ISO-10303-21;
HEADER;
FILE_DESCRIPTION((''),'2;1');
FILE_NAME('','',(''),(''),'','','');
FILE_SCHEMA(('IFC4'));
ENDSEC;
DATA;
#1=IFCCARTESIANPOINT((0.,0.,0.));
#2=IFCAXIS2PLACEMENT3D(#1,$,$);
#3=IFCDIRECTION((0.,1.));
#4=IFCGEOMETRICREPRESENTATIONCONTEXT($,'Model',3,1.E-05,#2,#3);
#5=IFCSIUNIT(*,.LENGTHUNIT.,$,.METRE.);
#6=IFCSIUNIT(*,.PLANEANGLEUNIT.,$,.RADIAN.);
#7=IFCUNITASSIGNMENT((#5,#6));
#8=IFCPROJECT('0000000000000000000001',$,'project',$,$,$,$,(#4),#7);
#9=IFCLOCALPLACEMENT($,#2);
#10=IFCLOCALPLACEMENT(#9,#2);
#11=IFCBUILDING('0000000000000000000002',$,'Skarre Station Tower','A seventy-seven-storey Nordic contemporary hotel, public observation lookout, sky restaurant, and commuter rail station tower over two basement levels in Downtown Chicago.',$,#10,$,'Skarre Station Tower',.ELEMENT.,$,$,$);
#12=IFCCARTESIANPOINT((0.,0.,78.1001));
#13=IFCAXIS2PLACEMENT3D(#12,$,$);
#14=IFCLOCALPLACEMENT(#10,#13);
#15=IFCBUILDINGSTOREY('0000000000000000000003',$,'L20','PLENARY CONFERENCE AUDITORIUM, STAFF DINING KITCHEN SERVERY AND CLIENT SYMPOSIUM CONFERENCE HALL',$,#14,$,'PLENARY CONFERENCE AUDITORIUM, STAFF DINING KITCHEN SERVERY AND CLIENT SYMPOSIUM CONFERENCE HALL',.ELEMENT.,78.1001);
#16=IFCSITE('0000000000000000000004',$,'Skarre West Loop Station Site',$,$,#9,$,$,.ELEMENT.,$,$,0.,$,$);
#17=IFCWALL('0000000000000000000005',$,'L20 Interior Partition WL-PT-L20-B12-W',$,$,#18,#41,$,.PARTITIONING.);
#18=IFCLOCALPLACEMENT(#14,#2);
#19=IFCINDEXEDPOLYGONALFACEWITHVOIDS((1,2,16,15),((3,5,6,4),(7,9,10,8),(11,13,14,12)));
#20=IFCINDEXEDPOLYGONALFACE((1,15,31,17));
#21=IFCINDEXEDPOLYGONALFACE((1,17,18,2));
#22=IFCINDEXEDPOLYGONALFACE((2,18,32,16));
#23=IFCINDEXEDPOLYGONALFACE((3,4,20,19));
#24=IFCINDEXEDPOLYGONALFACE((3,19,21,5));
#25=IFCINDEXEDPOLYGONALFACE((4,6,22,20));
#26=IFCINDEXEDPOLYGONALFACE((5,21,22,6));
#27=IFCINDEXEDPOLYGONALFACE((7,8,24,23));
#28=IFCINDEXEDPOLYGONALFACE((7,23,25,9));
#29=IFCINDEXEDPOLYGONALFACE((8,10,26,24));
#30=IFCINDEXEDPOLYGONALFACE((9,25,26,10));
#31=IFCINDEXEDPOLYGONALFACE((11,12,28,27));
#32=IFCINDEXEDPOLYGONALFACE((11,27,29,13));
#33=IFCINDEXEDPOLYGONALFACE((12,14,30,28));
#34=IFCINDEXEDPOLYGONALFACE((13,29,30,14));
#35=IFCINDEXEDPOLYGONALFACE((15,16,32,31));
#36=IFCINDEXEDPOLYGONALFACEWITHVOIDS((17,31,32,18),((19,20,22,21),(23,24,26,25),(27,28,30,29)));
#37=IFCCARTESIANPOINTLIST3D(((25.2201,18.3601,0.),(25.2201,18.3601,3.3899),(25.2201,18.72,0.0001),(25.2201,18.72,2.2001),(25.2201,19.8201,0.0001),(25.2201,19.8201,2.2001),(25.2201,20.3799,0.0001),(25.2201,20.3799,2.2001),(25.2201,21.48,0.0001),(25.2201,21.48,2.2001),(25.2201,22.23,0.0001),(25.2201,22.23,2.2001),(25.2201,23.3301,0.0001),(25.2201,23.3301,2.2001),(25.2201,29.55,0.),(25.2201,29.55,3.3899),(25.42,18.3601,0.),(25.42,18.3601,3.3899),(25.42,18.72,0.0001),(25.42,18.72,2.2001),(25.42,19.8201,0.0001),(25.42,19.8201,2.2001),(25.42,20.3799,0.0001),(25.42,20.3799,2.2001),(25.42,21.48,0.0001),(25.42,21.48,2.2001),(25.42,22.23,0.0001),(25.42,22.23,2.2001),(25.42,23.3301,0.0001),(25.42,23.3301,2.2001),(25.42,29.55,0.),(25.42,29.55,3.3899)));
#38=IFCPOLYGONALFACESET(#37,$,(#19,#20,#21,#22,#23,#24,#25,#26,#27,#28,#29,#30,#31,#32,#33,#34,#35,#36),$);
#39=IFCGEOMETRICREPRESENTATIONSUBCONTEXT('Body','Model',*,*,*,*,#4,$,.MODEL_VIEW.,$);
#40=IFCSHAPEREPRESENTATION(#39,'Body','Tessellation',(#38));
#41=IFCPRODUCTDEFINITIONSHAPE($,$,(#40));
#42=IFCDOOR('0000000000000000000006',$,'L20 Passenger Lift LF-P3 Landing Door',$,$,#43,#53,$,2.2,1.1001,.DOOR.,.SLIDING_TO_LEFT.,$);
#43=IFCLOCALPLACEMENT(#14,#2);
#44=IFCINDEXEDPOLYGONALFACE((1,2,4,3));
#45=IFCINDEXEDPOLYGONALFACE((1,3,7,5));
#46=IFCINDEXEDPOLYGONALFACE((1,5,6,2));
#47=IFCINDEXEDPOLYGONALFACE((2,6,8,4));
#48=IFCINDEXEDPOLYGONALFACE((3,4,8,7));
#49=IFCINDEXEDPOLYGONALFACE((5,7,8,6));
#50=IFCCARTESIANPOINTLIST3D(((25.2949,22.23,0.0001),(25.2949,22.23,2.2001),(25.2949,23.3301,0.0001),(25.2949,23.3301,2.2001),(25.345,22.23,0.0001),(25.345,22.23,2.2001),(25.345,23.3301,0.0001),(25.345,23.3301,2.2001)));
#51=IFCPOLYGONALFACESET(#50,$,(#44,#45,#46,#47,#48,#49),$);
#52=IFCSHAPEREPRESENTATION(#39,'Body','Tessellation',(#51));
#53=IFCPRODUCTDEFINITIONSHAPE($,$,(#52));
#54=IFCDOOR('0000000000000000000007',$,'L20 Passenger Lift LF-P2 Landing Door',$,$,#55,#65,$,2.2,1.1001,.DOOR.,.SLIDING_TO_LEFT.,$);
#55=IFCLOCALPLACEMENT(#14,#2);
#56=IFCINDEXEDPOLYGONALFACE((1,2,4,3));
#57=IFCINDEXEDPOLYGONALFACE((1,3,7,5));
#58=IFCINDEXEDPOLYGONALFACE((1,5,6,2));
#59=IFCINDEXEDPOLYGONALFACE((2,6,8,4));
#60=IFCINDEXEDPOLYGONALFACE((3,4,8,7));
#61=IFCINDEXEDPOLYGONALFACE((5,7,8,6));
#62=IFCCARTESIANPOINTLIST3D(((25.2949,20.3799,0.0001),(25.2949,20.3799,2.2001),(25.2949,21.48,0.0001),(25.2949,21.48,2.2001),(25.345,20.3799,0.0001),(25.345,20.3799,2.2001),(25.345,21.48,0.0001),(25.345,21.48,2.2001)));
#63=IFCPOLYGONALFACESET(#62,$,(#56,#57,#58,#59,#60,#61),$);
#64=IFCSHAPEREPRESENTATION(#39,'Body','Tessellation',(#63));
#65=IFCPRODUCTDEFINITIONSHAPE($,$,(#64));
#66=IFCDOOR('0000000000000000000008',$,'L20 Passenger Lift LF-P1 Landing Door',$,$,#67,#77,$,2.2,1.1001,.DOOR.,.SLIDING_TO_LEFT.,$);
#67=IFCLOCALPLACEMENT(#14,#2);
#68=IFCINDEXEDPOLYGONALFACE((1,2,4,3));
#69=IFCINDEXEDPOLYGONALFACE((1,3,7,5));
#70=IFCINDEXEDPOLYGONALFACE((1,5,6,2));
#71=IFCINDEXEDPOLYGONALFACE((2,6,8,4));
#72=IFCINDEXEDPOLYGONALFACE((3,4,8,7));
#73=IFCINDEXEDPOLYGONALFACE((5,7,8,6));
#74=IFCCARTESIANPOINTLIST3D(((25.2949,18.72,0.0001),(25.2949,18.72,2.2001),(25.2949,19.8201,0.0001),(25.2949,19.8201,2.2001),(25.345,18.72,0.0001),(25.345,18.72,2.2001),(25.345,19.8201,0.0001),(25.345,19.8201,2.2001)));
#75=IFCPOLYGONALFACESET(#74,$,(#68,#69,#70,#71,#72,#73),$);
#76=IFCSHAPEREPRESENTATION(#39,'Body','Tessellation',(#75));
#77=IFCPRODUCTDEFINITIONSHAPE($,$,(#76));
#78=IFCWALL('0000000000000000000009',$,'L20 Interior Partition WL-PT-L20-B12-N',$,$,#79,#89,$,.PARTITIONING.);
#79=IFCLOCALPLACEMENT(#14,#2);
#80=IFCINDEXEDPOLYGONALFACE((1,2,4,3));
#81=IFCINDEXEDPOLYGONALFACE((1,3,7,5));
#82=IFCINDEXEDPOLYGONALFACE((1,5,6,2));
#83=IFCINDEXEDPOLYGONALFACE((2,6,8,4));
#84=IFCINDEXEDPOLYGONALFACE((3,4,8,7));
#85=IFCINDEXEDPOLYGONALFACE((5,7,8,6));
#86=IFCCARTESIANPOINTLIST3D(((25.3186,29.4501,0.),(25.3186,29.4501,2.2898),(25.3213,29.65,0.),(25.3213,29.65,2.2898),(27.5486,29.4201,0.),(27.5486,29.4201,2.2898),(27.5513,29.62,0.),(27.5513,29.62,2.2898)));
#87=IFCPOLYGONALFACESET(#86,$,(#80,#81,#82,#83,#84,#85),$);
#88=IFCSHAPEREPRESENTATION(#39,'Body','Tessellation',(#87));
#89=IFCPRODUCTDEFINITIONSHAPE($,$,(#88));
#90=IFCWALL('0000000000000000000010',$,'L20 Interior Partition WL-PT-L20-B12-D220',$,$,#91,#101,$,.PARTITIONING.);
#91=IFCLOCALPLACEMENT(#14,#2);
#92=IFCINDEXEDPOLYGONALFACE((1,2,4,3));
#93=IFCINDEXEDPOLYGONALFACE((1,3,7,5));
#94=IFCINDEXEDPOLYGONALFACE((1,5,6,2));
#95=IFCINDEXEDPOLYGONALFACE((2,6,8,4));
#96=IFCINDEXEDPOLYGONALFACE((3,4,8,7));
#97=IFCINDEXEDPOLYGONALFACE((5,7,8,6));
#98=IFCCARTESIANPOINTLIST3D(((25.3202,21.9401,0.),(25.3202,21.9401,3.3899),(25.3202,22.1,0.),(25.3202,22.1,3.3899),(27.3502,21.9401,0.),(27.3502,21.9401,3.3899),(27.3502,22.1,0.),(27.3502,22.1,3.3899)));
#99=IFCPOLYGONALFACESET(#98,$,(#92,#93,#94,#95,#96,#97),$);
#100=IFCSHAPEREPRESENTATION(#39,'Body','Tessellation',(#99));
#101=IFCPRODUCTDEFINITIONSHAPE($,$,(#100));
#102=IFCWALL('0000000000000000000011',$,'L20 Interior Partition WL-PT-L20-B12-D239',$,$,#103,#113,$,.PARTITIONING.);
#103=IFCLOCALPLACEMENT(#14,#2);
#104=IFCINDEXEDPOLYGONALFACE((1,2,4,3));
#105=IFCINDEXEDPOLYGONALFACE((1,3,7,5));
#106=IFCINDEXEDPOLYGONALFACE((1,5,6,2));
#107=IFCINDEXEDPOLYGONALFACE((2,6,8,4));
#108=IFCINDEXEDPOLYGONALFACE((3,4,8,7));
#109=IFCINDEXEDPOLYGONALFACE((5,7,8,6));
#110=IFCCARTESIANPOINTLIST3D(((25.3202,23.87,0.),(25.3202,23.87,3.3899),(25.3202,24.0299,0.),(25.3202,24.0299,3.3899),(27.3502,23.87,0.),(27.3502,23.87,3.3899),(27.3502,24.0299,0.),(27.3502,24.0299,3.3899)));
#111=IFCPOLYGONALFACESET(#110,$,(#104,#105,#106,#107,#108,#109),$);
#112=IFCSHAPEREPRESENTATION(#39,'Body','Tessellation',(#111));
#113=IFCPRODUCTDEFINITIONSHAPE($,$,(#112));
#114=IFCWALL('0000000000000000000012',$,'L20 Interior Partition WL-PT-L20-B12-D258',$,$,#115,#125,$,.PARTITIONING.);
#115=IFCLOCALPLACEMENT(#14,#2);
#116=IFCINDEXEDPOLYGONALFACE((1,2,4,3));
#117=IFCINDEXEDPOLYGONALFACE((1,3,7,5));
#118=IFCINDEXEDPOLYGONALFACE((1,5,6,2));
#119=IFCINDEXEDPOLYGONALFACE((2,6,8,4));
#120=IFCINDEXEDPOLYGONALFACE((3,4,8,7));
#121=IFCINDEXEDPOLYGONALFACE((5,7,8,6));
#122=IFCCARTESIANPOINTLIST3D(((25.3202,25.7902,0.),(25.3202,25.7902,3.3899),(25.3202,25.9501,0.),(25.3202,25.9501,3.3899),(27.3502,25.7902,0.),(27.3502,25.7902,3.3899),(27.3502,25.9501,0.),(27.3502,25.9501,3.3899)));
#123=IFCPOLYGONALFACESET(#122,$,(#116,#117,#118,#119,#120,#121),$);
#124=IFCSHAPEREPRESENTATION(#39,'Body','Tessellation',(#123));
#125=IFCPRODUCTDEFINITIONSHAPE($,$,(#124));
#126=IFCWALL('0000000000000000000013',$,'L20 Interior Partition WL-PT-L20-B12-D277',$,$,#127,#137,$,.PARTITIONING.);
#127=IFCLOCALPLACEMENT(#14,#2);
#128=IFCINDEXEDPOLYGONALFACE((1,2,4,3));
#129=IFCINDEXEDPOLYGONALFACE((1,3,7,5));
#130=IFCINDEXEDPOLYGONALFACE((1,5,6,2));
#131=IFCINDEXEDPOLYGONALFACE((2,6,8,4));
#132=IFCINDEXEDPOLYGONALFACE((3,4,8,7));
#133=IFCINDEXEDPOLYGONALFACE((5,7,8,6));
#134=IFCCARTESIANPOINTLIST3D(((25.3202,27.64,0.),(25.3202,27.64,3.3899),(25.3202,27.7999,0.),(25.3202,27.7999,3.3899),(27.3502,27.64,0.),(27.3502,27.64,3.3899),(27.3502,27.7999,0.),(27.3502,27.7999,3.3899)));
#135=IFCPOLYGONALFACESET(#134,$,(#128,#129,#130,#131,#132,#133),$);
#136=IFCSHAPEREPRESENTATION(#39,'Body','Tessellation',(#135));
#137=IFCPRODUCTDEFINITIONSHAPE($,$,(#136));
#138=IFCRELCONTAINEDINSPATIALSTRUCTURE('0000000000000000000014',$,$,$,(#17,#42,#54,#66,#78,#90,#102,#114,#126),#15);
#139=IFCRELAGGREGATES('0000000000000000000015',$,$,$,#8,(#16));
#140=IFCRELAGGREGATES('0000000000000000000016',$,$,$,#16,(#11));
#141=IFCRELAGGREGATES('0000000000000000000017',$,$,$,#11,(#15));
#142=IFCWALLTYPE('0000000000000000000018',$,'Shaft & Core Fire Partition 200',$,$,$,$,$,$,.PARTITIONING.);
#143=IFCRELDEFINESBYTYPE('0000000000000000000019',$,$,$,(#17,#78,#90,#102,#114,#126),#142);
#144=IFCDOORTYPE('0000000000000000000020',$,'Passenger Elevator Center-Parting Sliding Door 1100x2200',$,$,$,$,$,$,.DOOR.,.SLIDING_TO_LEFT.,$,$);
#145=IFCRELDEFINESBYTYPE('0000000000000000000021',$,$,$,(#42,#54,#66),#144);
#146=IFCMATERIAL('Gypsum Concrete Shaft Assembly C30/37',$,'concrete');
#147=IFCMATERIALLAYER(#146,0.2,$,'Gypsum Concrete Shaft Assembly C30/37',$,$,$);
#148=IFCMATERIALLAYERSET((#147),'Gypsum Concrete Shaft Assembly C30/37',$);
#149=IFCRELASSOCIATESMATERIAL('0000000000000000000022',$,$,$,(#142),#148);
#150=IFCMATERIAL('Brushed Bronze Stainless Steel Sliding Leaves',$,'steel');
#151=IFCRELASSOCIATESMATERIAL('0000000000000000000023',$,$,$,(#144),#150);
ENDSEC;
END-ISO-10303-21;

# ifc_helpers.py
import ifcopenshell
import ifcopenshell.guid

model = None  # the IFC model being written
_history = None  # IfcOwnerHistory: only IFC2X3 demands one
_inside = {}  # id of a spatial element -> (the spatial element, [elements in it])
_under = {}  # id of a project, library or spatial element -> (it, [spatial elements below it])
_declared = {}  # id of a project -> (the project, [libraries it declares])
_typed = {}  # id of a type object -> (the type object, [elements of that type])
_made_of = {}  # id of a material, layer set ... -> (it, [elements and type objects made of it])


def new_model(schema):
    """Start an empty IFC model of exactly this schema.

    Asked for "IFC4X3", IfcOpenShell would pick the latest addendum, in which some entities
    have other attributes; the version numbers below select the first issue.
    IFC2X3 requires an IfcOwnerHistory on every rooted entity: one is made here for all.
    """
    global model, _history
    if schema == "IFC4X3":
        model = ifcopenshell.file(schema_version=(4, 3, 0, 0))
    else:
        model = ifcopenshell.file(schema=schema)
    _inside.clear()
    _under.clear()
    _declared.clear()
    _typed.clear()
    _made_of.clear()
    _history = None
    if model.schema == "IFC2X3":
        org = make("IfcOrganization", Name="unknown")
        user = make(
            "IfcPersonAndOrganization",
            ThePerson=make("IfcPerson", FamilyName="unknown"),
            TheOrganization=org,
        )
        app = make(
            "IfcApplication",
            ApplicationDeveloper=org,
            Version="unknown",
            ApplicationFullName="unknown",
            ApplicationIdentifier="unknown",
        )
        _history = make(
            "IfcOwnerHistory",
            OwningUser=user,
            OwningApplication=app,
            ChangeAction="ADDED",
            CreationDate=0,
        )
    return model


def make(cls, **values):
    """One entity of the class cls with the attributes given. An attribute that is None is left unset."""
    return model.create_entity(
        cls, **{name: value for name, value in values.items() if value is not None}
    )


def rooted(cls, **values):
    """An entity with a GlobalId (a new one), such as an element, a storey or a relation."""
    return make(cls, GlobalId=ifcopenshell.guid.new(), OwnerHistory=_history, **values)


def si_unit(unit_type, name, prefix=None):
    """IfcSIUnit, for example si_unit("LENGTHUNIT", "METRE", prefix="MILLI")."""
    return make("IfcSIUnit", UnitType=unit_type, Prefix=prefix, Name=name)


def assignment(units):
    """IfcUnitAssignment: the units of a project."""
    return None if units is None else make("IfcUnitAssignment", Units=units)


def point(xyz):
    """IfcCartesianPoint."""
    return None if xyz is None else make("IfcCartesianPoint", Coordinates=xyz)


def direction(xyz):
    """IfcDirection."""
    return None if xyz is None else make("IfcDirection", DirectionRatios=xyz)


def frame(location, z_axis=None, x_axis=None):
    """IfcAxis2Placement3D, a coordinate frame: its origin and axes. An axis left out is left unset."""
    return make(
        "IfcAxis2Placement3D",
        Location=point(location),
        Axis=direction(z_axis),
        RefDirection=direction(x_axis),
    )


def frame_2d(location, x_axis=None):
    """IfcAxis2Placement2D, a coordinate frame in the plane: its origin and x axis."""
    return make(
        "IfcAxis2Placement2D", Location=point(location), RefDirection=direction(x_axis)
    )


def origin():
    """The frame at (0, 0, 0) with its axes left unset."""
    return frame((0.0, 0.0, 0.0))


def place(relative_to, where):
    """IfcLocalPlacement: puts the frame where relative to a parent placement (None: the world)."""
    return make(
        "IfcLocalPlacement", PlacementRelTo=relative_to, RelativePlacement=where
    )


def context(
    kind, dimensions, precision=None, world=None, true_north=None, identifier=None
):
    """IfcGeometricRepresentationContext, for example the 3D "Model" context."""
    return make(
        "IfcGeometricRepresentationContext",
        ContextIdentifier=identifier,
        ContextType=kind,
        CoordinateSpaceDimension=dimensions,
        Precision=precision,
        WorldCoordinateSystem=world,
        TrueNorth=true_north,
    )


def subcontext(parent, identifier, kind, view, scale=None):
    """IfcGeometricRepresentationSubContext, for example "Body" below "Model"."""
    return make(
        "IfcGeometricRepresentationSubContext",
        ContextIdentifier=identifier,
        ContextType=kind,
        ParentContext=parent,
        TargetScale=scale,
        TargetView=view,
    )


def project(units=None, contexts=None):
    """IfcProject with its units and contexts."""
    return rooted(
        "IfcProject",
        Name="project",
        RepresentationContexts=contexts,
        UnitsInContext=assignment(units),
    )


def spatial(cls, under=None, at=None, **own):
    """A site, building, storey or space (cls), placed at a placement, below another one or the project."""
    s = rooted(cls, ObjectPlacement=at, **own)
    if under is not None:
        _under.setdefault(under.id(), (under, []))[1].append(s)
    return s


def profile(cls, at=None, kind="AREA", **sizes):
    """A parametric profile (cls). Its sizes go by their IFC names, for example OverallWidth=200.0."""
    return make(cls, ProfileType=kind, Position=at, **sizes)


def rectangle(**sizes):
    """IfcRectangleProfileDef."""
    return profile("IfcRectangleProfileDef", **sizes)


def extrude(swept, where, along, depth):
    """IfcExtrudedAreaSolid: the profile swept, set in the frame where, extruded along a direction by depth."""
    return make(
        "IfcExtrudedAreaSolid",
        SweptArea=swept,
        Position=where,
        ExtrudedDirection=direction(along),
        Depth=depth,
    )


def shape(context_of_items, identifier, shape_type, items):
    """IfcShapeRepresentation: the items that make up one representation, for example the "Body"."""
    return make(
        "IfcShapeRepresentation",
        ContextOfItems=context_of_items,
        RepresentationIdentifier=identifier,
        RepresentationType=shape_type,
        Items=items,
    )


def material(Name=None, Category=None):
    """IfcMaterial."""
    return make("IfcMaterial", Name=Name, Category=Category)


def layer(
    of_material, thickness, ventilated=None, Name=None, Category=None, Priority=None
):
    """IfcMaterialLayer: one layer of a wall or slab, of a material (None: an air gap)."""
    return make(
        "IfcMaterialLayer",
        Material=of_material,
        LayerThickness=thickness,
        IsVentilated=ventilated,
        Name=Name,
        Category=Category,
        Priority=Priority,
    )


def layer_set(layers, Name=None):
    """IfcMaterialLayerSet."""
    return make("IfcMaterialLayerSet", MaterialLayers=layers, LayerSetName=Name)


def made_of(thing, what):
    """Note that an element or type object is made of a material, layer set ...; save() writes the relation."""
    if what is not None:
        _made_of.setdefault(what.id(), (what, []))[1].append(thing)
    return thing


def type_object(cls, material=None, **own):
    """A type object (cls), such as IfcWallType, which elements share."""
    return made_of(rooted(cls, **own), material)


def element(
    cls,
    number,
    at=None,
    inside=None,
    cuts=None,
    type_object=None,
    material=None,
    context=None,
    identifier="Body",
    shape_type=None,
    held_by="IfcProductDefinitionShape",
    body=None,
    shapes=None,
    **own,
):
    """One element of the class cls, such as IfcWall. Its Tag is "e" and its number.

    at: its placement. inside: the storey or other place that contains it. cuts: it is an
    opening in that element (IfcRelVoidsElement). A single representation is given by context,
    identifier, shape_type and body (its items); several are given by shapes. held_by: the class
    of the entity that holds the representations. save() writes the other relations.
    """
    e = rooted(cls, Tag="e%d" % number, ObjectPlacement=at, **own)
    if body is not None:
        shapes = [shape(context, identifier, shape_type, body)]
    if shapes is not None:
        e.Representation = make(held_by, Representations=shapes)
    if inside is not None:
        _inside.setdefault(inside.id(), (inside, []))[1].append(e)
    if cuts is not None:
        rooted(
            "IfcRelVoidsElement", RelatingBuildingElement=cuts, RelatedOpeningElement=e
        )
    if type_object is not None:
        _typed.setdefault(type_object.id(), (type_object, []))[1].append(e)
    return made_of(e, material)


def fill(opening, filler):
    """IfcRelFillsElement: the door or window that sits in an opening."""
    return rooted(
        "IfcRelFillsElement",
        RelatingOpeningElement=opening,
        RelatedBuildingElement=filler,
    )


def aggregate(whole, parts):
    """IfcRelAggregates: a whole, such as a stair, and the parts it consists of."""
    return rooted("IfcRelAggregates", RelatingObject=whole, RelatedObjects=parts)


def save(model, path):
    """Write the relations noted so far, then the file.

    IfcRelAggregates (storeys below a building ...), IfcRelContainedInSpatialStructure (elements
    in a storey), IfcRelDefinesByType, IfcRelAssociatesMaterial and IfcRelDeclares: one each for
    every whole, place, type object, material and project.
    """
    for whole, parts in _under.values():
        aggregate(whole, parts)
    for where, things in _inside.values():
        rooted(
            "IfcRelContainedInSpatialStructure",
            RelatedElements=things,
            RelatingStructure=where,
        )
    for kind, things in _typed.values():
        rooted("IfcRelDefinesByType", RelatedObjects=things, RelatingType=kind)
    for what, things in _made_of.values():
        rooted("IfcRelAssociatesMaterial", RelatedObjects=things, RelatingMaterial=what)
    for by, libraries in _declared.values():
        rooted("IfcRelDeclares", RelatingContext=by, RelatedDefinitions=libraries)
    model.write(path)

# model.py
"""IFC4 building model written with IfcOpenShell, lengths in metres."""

from ifc_helpers import new_model, si_unit, direction, frame, frame_2d, origin, place, context, subcontext, project, spatial, rectangle, extrude, material, layer, layer_set, type_object, element, fill, save


model = new_model("IFC4")

# Units and contexts
model_context = context("Model", 3, precision=1e-05, world=origin(), true_north=direction((0.0, 1.0)))
body_context = subcontext(model_context, "Body", "Model", "MODEL_VIEW")
ifc_project = project(units=[si_unit("LENGTHUNIT", "METRE"), si_unit("PLANEANGLEUNIT", "RADIAN")], contexts=[model_context])

# Site, building, storey
site_placement = place(None, origin())
site = spatial("IfcSite", under=ifc_project, at=site_placement, Name="Skarre West Loop Station Site", CompositionType="ELEMENT", RefElevation=0.0)
building_placement = place(site_placement, origin())
building = spatial("IfcBuilding", under=site, at=building_placement, Name="Skarre Station Tower", Description="A seventy-seven-storey Nordic contemporary hotel, public observation lookout, sky restaurant, and commuter rail station tower over two basement levels in Downtown Chicago.", LongName="Skarre Station Tower", CompositionType="ELEMENT")
storey_placement = place(building_placement, frame((0.0, 0.0, 78.1001)))
storey = spatial("IfcBuildingStorey", under=building, at=storey_placement, Name="L20", Description="PLENARY CONFERENCE AUDITORIUM, STAFF DINING KITCHEN SERVERY AND CLIENT SYMPOSIUM CONFERENCE HALL", LongName="PLENARY CONFERENCE AUDITORIUM, STAFF DINING KITCHEN SERVERY AND CLIENT SYMPOSIUM CONFERENCE HALL", CompositionType="ELEMENT", Elevation=78.1001)

# Shared definitions
ifc_material_1 = material(Name="Gypsum Concrete Shaft Assembly C30/37", Category="concrete")
ifc_layer_1 = layer(ifc_material_1, 0.2, Name="Gypsum Concrete Shaft Assembly C30/37")
ifc_layer_set_1 = layer_set([ifc_layer_1], Name="Gypsum Concrete Shaft Assembly C30/37")
wall_type_1 = type_object("IfcWallType", Name="Shaft & Core Fire Partition 200", PredefinedType="PARTITIONING", material=ifc_layer_set_1)

# Wall, openings, doors
wall_1_placement = place(storey_placement, frame((25.3201, 29.55, 0.0), z_axis=(0.0, 0.0, 1.0), x_axis=(0.0, -1.0, 0.0)))
wall_1 = element("IfcWall", 1, at=wall_1_placement, inside=storey, type_object=wall_type_1, Name="L20 Interior Partition WL-PT-L20-B12-W", PredefinedType="PARTITIONING", context=body_context, shape_type="SweptSolid", body=[
    extrude(rectangle(XDim=11.1899, YDim=0.2, at=frame_2d((5.595, 0.0))), origin(), (0.0, 0.0, 1.0), 3.3899),
])
opening_1_placement = place(wall_1_placement, frame((6.22, 0.0, 0.0)))
opening_1 = element("IfcOpeningElement", 2, at=opening_1_placement, cuts=wall_1, PredefinedType="OPENING", context=body_context, shape_type="SweptSolid", body=[
    extrude(rectangle(XDim=1.1001, YDim=2.2, at=frame_2d((0.55, 1.1001))), frame((0.0, 0.1099, 0.0), z_axis=(0.0, -1.0, 0.0), x_axis=(1.0, 0.0, 0.0)), (0.0, 0.0, 1.0), 0.22),
])
opening_2_placement = place(wall_1_placement, frame((8.0701, 0.0, 0.0)))
opening_2 = element("IfcOpeningElement", 3, at=opening_2_placement, cuts=wall_1, PredefinedType="OPENING", context=body_context, shape_type="SweptSolid", body=[
    extrude(rectangle(XDim=1.1001, YDim=2.2, at=frame_2d((0.55, 1.1001))), frame((0.0, 0.1099, 0.0), z_axis=(0.0, -1.0, 0.0), x_axis=(1.0, 0.0, 0.0)), (0.0, 0.0, 1.0), 0.22),
])
opening_3_placement = place(wall_1_placement, frame((9.73, 0.0, 0.0)))
opening_3 = element("IfcOpeningElement", 4, at=opening_3_placement, cuts=wall_1, PredefinedType="OPENING", context=body_context, shape_type="SweptSolid", body=[
    extrude(rectangle(XDim=1.1001, YDim=2.2, at=frame_2d((0.55, 1.1001))), frame((0.0, 0.1099, 0.0), z_axis=(0.0, -1.0, 0.0), x_axis=(1.0, 0.0, 0.0)), (0.0, 0.0, 1.0), 0.22),
])
ifc_material_2 = material(Name="Brushed Bronze Stainless Steel Sliding Leaves", Category="steel")
door_type_1 = type_object("IfcDoorType", Name="Passenger Elevator Center-Parting Sliding Door 1100x2200", OperationType="SLIDING_TO_LEFT", PredefinedType="DOOR", material=ifc_material_2)
door_1_placement = place(opening_1_placement, origin())
door_1 = element("IfcDoor", 5, at=door_1_placement, inside=storey, type_object=door_type_1, Name="L20 Passenger Lift LF-P3 Landing Door", OperationType="SLIDING_TO_LEFT", OverallHeight=2.2, OverallWidth=1.1001, PredefinedType="DOOR", context=body_context, shape_type="SweptSolid", body=[
    extrude(rectangle(XDim=1.1001, YDim=2.2, at=frame_2d((0.55, 1.1001))), frame((0.0, 0.0249, 0.0), z_axis=(0.0, -1.0, 0.0), x_axis=(1.0, 0.0, 0.0)), (0.0, 0.0, 1.0), 0.05),
])
fill(opening_1, door_1)
door_2_placement = place(opening_2_placement, origin())
door_2 = element("IfcDoor", 6, at=door_2_placement, inside=storey, type_object=door_type_1, Name="L20 Passenger Lift LF-P2 Landing Door", OperationType="SLIDING_TO_LEFT", OverallHeight=2.2, OverallWidth=1.1001, PredefinedType="DOOR", context=body_context, shape_type="SweptSolid", body=[
    extrude(rectangle(XDim=1.1001, YDim=2.2, at=frame_2d((0.55, 1.1001))), frame((0.0, 0.0249, 0.0), z_axis=(0.0, -1.0, 0.0), x_axis=(1.0, 0.0, 0.0)), (0.0, 0.0, 1.0), 0.05),
])
fill(opening_2, door_2)
door_3_placement = place(opening_3_placement, origin())
door_3 = element("IfcDoor", 7, at=door_3_placement, inside=storey, type_object=door_type_1, Name="L20 Passenger Lift LF-P1 Landing Door", OperationType="SLIDING_TO_LEFT", OverallHeight=2.2, OverallWidth=1.1001, PredefinedType="DOOR", context=body_context, shape_type="SweptSolid", body=[
    extrude(rectangle(XDim=1.1001, YDim=2.2, at=frame_2d((0.55, 1.1001))), frame((0.0, 0.0249, 0.0), z_axis=(0.0, -1.0, 0.0), x_axis=(1.0, 0.0, 0.0)), (0.0, 0.0, 1.0), 0.05),
])
fill(opening_3, door_3)

# Walls
wall_2_placement = place(storey_placement, frame((27.55, 29.52, 0.0), z_axis=(0.0, 0.0, 1.0), x_axis=(-0.999909, 0.013465, 0.0)))
element("IfcWall", 8, at=wall_2_placement, inside=storey, type_object=wall_type_1, Name="L20 Interior Partition WL-PT-L20-B12-N", PredefinedType="PARTITIONING", context=body_context, shape_type="SweptSolid", body=[
    extrude(rectangle(XDim=2.2302, YDim=0.2, at=frame_2d((1.1152, 0.0))), origin(), (0.0, 0.0, 1.0), 2.2898),
])
for number, where, z_axis, x_axis, name in (
    (9, (25.3201, 22.02, 0.0), (0.0, 0.0, 1.0), (1.0, 0.0, 0.0), "L20 Interior Partition WL-PT-L20-B12-D220"),
    (10, (25.3201, 23.95, 0.0), (0.0, 0.0, 1.0), (1.0, 0.0, 0.0), "L20 Interior Partition WL-PT-L20-B12-D239"),
    (11, (25.3201, 25.8701, 0.0), (0.0, 0.0, 1.0), (1.0, 0.0, 0.0), "L20 Interior Partition WL-PT-L20-B12-D258"),
    (12, (25.3201, 27.72, 0.0), (0.0, 0.0, 1.0), (1.0, 0.0, 0.0), "L20 Interior Partition WL-PT-L20-B12-D277"),
):
    element("IfcWall", number, at=place(storey_placement, frame(where, z_axis=z_axis, x_axis=x_axis)), inside=storey, type_object=wall_type_1, Name=name, PredefinedType="PARTITIONING", context=body_context, shape_type="SweptSolid", body=[
        extrude(rectangle(XDim=2.03, YDim=0.1599, at=frame_2d((1.0151, 0.0))), origin(), (0.0, 0.0, 1.0), 3.3899),
    ])

save(model, "model.ifc")
